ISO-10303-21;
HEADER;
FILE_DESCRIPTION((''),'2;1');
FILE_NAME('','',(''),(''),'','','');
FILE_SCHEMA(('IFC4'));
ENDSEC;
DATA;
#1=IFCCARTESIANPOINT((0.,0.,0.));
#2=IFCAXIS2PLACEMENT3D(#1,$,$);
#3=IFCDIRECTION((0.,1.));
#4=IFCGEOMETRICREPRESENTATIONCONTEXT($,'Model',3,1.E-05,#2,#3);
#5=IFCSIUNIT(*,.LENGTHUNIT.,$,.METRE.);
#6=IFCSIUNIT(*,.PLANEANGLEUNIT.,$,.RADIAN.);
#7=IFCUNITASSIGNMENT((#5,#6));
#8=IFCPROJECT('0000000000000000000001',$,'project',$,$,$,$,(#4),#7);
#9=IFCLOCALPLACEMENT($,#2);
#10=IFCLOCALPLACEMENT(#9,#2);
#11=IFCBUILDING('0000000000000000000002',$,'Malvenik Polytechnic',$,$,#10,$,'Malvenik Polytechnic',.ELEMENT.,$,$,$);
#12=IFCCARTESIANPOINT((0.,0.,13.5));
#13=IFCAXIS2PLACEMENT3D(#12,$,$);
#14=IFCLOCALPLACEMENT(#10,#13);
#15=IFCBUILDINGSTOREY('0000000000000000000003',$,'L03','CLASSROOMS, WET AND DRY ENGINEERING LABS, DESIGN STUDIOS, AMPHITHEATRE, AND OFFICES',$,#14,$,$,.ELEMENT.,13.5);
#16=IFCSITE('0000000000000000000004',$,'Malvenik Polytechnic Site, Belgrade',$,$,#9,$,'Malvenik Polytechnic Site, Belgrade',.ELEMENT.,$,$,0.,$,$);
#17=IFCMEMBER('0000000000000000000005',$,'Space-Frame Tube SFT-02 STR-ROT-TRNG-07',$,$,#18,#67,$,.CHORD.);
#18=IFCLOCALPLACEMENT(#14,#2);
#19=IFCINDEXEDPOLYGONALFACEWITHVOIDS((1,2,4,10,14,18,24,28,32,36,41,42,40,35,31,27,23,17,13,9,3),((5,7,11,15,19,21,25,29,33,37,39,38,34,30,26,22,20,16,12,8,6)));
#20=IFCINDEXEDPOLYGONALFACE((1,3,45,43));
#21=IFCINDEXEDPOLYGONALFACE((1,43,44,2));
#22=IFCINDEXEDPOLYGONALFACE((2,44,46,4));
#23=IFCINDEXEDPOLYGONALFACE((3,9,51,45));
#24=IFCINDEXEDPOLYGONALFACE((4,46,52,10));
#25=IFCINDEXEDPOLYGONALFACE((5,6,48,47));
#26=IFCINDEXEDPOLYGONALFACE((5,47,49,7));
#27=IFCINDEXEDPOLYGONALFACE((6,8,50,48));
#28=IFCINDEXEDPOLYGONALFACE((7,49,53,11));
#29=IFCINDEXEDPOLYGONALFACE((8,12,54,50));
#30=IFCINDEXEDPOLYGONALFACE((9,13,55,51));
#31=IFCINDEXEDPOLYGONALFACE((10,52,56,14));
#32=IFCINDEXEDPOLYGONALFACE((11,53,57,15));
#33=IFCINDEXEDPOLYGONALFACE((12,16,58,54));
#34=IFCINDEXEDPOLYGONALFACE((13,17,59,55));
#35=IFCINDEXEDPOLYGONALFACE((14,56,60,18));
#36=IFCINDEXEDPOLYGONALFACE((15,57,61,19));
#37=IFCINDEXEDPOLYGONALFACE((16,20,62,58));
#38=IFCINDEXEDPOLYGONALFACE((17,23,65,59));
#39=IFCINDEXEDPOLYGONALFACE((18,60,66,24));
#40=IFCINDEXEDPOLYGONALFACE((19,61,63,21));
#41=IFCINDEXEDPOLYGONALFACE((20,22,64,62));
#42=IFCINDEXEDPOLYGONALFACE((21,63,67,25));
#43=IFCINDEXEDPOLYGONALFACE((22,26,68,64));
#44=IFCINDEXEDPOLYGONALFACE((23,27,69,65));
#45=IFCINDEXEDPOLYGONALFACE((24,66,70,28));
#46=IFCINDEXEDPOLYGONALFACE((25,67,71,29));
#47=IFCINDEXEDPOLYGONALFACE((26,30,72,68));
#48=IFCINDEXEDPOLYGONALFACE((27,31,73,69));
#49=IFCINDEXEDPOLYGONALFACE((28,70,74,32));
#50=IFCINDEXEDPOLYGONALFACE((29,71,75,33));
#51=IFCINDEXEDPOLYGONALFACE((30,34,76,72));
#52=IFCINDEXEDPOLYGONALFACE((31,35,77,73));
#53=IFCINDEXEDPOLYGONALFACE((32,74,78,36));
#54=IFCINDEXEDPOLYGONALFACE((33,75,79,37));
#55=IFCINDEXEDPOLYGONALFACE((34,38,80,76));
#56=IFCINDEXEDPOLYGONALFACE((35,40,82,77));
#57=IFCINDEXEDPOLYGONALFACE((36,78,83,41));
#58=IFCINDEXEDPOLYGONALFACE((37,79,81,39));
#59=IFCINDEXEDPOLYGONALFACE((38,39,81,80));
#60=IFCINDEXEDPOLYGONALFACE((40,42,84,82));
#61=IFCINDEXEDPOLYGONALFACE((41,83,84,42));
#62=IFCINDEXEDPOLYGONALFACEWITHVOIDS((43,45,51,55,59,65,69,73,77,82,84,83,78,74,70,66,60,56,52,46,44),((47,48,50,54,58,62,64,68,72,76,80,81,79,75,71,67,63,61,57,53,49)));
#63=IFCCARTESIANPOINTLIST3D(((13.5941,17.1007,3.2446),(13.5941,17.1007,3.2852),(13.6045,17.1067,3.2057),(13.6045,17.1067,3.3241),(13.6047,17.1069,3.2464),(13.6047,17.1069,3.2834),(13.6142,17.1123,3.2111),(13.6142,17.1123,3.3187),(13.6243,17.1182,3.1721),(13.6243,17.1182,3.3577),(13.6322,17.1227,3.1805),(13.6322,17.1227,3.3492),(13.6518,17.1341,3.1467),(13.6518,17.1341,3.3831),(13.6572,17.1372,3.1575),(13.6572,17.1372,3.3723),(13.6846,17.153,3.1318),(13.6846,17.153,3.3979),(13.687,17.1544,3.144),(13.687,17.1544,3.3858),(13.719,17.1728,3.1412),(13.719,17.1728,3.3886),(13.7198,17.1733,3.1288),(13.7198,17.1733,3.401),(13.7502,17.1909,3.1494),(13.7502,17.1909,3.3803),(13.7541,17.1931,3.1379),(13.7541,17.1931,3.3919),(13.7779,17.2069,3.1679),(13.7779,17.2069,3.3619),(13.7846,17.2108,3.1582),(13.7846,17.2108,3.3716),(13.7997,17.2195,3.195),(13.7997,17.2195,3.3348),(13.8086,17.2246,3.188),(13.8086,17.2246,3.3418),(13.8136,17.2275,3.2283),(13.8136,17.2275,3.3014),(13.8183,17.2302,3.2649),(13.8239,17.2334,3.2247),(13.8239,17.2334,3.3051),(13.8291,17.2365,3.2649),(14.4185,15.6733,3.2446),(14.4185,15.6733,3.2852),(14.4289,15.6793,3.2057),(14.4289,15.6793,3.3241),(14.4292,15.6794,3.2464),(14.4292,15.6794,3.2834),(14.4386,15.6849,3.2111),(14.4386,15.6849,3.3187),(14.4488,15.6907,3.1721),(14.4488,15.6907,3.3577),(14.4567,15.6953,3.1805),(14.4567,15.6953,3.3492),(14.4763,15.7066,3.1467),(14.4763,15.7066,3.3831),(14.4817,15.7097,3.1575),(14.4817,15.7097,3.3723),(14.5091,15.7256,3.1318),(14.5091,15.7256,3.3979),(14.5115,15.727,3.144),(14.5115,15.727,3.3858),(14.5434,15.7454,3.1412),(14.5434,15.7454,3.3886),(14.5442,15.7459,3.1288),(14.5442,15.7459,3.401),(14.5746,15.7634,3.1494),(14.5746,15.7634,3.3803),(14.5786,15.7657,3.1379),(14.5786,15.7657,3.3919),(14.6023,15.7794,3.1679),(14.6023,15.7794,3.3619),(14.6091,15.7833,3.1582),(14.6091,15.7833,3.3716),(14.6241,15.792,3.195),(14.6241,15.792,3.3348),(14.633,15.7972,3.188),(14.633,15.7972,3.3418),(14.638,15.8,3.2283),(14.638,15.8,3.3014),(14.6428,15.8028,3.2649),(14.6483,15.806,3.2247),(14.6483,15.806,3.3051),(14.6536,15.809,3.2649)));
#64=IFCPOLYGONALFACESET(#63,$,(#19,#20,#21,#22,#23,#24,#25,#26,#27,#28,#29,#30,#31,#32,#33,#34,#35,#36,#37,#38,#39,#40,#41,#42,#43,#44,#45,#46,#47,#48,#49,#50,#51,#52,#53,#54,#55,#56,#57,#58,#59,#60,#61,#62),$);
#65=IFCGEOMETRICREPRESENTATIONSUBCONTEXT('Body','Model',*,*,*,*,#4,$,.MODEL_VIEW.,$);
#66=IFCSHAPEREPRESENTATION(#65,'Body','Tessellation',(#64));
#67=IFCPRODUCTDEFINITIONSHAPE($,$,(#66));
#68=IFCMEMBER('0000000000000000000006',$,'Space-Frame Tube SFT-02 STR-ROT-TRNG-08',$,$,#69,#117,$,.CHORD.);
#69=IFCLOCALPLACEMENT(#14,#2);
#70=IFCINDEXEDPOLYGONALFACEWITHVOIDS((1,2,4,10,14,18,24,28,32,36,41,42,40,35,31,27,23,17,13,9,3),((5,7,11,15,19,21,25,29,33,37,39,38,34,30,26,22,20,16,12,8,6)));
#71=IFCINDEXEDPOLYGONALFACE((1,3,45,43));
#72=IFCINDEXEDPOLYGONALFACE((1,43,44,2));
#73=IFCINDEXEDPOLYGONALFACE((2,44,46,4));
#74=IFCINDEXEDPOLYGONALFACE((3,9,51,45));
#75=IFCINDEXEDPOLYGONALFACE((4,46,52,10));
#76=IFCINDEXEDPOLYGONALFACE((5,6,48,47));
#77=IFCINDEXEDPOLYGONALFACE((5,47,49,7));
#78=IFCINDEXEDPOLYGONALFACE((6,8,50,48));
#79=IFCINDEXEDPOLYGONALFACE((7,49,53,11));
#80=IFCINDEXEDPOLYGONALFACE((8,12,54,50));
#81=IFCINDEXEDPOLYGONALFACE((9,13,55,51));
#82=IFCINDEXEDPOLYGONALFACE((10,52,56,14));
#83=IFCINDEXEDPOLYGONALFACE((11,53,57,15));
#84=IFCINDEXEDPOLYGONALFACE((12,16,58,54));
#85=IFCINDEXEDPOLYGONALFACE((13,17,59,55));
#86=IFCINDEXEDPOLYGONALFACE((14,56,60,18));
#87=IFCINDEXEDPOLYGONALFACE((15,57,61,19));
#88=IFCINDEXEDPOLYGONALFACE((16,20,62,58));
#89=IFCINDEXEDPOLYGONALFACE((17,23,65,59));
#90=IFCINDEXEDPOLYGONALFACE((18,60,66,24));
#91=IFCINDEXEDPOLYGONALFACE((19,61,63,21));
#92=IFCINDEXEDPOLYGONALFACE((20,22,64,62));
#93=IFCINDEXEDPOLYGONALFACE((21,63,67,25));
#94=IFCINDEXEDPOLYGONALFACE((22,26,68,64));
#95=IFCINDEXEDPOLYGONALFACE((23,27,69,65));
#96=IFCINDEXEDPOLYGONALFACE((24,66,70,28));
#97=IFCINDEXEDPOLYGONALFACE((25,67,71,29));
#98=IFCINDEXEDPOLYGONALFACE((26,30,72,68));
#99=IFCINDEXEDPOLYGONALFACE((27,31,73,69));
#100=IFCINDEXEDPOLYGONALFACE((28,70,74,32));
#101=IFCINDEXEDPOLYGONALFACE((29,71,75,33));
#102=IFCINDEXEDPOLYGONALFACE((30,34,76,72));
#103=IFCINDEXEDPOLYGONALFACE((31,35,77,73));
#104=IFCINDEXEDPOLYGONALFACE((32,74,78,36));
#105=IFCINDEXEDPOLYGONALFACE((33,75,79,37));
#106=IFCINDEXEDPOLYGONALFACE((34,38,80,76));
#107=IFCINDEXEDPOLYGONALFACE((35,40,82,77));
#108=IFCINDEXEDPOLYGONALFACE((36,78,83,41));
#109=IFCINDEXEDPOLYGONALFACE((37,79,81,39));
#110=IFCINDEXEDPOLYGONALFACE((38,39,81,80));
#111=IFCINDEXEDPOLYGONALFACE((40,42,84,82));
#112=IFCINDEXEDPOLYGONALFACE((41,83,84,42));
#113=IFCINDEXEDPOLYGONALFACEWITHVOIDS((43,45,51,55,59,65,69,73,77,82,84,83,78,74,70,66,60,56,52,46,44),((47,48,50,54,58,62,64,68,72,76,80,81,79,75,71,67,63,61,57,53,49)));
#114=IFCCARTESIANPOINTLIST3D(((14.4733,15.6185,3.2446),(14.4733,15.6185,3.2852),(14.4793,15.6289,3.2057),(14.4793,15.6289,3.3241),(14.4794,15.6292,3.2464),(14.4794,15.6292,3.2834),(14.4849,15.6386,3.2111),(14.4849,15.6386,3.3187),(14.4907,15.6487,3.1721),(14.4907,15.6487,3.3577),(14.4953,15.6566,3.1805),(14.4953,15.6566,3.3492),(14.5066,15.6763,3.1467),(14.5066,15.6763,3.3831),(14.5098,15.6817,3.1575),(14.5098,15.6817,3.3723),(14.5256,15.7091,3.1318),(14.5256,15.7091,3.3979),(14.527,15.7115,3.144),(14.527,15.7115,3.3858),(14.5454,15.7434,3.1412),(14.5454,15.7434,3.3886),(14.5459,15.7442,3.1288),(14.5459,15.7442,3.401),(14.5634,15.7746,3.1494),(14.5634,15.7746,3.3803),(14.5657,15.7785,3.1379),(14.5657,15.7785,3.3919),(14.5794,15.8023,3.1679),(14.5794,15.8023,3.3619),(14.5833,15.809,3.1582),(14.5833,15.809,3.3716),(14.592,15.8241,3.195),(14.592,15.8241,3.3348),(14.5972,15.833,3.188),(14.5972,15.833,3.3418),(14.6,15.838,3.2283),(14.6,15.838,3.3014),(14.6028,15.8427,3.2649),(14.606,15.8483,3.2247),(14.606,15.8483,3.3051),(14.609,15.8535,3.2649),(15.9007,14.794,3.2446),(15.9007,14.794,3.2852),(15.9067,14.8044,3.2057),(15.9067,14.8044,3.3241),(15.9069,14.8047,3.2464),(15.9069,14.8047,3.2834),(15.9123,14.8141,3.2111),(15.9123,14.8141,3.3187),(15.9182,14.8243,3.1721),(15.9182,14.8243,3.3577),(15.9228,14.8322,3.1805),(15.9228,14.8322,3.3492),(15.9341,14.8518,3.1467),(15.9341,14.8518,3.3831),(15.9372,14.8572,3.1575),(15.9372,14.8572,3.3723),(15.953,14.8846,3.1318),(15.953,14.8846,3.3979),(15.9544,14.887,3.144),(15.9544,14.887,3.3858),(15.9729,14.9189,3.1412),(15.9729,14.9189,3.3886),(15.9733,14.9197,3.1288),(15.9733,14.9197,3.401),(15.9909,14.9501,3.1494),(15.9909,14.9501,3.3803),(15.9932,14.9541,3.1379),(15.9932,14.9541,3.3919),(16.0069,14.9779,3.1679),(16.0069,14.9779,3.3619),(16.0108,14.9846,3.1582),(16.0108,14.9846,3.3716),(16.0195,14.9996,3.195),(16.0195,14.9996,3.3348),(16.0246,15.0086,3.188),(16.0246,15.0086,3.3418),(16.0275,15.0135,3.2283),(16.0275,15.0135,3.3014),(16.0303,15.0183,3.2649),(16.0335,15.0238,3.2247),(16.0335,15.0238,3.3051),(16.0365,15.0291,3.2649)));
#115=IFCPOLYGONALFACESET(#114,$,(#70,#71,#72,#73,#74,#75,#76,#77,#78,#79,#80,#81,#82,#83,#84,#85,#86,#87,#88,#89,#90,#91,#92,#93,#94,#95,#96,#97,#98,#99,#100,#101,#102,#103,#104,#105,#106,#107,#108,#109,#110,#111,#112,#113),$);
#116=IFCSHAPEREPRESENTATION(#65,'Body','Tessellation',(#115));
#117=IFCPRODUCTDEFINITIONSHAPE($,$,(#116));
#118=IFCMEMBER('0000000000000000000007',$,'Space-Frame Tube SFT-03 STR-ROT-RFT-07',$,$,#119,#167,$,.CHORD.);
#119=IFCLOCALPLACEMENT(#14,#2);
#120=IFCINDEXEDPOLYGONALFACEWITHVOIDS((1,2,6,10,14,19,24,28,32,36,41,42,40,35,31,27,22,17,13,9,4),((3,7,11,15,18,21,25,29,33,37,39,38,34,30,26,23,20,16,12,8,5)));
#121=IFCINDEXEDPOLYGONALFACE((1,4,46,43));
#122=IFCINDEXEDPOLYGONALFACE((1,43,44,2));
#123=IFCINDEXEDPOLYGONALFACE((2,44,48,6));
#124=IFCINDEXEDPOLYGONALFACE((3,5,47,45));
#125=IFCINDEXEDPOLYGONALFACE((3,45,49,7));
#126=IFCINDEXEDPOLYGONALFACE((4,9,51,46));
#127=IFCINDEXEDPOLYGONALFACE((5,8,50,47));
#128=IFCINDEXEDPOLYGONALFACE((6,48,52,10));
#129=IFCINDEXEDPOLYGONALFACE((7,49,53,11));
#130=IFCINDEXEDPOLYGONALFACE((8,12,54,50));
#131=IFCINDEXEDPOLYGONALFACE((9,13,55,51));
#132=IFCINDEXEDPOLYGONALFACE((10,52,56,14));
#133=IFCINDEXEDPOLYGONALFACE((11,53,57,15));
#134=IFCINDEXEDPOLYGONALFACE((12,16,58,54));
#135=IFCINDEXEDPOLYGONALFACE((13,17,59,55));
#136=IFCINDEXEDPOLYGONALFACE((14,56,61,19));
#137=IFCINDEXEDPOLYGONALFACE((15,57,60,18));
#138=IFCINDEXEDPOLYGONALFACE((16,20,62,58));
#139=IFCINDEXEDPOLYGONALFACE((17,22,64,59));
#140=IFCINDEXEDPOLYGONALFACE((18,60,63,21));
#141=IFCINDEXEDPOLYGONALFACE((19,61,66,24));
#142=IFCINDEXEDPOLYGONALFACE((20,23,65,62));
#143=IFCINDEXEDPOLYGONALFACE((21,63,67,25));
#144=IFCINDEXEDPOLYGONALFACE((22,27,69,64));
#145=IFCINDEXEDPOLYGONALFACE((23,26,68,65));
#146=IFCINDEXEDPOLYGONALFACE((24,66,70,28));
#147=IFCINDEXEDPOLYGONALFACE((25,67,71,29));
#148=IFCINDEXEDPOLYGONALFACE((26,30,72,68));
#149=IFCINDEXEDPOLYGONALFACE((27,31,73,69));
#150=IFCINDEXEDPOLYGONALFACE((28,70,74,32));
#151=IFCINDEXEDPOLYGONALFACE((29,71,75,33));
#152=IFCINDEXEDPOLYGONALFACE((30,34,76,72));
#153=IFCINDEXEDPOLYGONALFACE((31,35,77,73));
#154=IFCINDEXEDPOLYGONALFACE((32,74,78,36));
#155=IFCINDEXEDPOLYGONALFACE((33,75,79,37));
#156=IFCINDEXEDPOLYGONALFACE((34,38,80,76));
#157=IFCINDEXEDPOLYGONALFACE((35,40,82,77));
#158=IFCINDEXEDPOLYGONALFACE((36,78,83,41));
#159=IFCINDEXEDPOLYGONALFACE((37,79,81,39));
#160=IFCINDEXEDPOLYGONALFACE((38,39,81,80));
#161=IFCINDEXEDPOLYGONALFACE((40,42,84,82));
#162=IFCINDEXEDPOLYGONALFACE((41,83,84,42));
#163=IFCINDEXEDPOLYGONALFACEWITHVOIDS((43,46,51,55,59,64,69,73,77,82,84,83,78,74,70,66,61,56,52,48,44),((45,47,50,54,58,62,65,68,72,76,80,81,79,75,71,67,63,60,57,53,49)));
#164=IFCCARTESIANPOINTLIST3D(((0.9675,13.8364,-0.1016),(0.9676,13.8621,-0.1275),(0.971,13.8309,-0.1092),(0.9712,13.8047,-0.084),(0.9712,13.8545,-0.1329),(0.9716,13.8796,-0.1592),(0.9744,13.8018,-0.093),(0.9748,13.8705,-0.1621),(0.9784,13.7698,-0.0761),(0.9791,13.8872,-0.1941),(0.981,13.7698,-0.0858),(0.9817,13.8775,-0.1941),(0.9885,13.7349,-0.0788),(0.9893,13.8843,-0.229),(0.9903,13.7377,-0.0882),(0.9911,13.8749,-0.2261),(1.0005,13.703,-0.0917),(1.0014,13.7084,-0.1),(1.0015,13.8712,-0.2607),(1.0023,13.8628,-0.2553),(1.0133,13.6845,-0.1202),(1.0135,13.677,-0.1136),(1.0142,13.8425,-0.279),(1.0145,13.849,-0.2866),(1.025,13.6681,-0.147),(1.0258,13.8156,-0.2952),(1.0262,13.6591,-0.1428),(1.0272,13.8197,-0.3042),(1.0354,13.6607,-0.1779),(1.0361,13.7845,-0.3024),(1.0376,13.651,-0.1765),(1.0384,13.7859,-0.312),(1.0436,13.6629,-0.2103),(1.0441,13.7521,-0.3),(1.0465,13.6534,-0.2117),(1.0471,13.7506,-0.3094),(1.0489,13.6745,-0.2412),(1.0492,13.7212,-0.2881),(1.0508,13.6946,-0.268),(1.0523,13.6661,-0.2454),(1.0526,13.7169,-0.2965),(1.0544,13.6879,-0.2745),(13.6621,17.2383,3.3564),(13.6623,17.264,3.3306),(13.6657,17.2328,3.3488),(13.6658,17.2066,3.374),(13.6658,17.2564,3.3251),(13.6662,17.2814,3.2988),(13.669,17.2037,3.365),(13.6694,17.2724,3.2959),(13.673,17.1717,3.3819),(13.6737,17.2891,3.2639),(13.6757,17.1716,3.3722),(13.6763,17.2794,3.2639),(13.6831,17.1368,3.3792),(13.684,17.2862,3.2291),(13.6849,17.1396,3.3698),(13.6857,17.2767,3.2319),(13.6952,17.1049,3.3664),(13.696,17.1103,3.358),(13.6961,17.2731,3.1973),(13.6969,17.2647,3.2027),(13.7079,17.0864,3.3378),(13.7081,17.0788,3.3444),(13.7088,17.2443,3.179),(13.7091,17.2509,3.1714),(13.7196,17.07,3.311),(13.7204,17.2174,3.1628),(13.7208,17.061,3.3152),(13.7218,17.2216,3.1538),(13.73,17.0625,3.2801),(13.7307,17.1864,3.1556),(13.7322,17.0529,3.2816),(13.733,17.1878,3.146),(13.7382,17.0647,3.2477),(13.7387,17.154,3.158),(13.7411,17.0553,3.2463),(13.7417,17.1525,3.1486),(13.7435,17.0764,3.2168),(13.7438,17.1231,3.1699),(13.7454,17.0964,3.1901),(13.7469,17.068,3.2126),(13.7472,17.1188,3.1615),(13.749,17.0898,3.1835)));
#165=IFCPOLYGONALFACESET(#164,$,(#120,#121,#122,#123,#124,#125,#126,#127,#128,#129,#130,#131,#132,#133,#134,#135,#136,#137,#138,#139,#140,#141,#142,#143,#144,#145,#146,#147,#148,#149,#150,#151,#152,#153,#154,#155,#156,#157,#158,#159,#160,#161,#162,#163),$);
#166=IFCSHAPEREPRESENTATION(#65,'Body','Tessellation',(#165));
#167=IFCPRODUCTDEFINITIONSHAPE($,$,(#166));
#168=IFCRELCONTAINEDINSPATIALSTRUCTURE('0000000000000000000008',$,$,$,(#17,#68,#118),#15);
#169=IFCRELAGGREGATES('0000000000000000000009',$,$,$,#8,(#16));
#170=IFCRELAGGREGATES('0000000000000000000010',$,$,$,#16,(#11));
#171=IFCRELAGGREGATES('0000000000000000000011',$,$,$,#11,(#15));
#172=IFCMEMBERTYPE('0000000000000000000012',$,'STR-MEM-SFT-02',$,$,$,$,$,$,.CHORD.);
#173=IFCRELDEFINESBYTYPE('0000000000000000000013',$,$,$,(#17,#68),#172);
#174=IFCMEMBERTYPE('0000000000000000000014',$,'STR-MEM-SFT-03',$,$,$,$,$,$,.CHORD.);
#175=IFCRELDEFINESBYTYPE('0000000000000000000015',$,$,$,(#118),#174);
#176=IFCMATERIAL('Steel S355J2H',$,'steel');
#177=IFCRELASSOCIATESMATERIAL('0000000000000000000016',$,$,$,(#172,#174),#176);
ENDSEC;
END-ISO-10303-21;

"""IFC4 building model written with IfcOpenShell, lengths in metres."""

from ifc_helpers import new_model, si_unit, direction, frame, origin, origin_2d, place, context, subcontext, project, spatial, hollow_circle, extrude, material, material_profile, profile_set, type_object, element, save


model = new_model("IFC4")

# Units and contexts
model_context = context("Model", 3, precision=1e-05, world=origin(), true_north=direction((0.0, 1.0)))
body_context = subcontext(model_context, "Body", "Model", "MODEL_VIEW")
ifc_project = project(units=[si_unit("LENGTHUNIT", "METRE"), si_unit("PLANEANGLEUNIT", "RADIAN")], contexts=[model_context])

# Site, building, storey
site_placement = place(None, origin())
site = spatial("IfcSite", under=ifc_project, at=site_placement, Name="Malvenik Polytechnic Site, Belgrade", LongName="Malvenik Polytechnic Site, Belgrade", CompositionType="ELEMENT", RefElevation=0.0)
building_placement = place(site_placement, origin())
building = spatial("IfcBuilding", under=site, at=building_placement, Name="Malvenik Polytechnic", LongName="Malvenik Polytechnic", CompositionType="ELEMENT")
storey_placement = place(building_placement, frame((0.0, 0.0, 13.5)))
storey = spatial("IfcBuildingStorey", under=building, at=storey_placement, Name="L03", Description="CLASSROOMS, WET AND DRY ENGINEERING LABS, DESIGN STUDIOS, AMPHITHEATRE, AND OFFICES", CompositionType="ELEMENT", Elevation=13.5)

# Members
ifc_material_1 = material(Name="Steel S355J2H", Category="steel")
ifc_material_profile_1 = material_profile(ifc_material_1, hollow_circle(Radius=0.1365, WallThickness=0.0125, at=origin_2d()), Name="CHS 273.0x12.5")
ifc_profile_set_1 = profile_set([ifc_material_profile_1], Name="Steel S355J2H")
member_type_1 = type_object("IfcMemberType", Name="STR-MEM-SFT-02", PredefinedType="CHORD", material=ifc_profile_set_1)
for number, where, z_axis, x_axis, name in (
    (1, (13.7109, 17.1682, 3.2649), (0.500137, -0.865946, 0.0), (0.865946, 0.500137, 0.0), "Space-Frame Tube SFT-02 STR-ROT-TRNG-07"),
    (2, (14.5408, 15.7354, 3.2649), (0.865946, -0.500137, 0.0), (0.500137, 0.865946, 0.0), "Space-Frame Tube SFT-02 STR-ROT-TRNG-08"),
):
    element("IfcMember", number, at=place(storey_placement, frame(where, z_axis=z_axis, x_axis=x_axis)), inside=storey, type_object=member_type_1, Name=name, PredefinedType="CHORD", context=body_context, shape_type="SweptSolid", body=[
        extrude(hollow_circle(Radius=0.1365, WallThickness=0.0125, at=origin_2d()), origin(), (0.0, 0.0, 1.0), 1.6484),
    ])
ifc_material_profile_2 = material_profile(ifc_material_1, hollow_circle(Radius=0.1223, WallThickness=0.01, at=origin_2d()), Name="CHS 244.5x10.0")
ifc_profile_set_2 = profile_set([ifc_material_profile_2], Name="Steel S355J2H")
member_type_2 = type_object("IfcMemberType", Name="STR-MEM-SFT-03", PredefinedType="CHORD", material=ifc_profile_set_2)
member_1_placement = place(storey_placement, frame((1.0107, 13.769, -0.1941), z_axis=(0.934125, 0.250324, 0.254456), x_axis=(-0.258844, 0.965919, 0.0)))
element("IfcMember", 3, at=member_1_placement, inside=storey, type_object=member_type_2, Name="Space-Frame Tube SFT-03 STR-ROT-RFT-07", PredefinedType="CHORD", context=body_context, shape_type="SweptSolid", body=[
    extrude(hollow_circle(Radius=0.1223, WallThickness=0.01, at=origin_2d()), origin(), (0.0, 0.0, 1.0), 13.5898),
])

save(model, "model.ifc")
